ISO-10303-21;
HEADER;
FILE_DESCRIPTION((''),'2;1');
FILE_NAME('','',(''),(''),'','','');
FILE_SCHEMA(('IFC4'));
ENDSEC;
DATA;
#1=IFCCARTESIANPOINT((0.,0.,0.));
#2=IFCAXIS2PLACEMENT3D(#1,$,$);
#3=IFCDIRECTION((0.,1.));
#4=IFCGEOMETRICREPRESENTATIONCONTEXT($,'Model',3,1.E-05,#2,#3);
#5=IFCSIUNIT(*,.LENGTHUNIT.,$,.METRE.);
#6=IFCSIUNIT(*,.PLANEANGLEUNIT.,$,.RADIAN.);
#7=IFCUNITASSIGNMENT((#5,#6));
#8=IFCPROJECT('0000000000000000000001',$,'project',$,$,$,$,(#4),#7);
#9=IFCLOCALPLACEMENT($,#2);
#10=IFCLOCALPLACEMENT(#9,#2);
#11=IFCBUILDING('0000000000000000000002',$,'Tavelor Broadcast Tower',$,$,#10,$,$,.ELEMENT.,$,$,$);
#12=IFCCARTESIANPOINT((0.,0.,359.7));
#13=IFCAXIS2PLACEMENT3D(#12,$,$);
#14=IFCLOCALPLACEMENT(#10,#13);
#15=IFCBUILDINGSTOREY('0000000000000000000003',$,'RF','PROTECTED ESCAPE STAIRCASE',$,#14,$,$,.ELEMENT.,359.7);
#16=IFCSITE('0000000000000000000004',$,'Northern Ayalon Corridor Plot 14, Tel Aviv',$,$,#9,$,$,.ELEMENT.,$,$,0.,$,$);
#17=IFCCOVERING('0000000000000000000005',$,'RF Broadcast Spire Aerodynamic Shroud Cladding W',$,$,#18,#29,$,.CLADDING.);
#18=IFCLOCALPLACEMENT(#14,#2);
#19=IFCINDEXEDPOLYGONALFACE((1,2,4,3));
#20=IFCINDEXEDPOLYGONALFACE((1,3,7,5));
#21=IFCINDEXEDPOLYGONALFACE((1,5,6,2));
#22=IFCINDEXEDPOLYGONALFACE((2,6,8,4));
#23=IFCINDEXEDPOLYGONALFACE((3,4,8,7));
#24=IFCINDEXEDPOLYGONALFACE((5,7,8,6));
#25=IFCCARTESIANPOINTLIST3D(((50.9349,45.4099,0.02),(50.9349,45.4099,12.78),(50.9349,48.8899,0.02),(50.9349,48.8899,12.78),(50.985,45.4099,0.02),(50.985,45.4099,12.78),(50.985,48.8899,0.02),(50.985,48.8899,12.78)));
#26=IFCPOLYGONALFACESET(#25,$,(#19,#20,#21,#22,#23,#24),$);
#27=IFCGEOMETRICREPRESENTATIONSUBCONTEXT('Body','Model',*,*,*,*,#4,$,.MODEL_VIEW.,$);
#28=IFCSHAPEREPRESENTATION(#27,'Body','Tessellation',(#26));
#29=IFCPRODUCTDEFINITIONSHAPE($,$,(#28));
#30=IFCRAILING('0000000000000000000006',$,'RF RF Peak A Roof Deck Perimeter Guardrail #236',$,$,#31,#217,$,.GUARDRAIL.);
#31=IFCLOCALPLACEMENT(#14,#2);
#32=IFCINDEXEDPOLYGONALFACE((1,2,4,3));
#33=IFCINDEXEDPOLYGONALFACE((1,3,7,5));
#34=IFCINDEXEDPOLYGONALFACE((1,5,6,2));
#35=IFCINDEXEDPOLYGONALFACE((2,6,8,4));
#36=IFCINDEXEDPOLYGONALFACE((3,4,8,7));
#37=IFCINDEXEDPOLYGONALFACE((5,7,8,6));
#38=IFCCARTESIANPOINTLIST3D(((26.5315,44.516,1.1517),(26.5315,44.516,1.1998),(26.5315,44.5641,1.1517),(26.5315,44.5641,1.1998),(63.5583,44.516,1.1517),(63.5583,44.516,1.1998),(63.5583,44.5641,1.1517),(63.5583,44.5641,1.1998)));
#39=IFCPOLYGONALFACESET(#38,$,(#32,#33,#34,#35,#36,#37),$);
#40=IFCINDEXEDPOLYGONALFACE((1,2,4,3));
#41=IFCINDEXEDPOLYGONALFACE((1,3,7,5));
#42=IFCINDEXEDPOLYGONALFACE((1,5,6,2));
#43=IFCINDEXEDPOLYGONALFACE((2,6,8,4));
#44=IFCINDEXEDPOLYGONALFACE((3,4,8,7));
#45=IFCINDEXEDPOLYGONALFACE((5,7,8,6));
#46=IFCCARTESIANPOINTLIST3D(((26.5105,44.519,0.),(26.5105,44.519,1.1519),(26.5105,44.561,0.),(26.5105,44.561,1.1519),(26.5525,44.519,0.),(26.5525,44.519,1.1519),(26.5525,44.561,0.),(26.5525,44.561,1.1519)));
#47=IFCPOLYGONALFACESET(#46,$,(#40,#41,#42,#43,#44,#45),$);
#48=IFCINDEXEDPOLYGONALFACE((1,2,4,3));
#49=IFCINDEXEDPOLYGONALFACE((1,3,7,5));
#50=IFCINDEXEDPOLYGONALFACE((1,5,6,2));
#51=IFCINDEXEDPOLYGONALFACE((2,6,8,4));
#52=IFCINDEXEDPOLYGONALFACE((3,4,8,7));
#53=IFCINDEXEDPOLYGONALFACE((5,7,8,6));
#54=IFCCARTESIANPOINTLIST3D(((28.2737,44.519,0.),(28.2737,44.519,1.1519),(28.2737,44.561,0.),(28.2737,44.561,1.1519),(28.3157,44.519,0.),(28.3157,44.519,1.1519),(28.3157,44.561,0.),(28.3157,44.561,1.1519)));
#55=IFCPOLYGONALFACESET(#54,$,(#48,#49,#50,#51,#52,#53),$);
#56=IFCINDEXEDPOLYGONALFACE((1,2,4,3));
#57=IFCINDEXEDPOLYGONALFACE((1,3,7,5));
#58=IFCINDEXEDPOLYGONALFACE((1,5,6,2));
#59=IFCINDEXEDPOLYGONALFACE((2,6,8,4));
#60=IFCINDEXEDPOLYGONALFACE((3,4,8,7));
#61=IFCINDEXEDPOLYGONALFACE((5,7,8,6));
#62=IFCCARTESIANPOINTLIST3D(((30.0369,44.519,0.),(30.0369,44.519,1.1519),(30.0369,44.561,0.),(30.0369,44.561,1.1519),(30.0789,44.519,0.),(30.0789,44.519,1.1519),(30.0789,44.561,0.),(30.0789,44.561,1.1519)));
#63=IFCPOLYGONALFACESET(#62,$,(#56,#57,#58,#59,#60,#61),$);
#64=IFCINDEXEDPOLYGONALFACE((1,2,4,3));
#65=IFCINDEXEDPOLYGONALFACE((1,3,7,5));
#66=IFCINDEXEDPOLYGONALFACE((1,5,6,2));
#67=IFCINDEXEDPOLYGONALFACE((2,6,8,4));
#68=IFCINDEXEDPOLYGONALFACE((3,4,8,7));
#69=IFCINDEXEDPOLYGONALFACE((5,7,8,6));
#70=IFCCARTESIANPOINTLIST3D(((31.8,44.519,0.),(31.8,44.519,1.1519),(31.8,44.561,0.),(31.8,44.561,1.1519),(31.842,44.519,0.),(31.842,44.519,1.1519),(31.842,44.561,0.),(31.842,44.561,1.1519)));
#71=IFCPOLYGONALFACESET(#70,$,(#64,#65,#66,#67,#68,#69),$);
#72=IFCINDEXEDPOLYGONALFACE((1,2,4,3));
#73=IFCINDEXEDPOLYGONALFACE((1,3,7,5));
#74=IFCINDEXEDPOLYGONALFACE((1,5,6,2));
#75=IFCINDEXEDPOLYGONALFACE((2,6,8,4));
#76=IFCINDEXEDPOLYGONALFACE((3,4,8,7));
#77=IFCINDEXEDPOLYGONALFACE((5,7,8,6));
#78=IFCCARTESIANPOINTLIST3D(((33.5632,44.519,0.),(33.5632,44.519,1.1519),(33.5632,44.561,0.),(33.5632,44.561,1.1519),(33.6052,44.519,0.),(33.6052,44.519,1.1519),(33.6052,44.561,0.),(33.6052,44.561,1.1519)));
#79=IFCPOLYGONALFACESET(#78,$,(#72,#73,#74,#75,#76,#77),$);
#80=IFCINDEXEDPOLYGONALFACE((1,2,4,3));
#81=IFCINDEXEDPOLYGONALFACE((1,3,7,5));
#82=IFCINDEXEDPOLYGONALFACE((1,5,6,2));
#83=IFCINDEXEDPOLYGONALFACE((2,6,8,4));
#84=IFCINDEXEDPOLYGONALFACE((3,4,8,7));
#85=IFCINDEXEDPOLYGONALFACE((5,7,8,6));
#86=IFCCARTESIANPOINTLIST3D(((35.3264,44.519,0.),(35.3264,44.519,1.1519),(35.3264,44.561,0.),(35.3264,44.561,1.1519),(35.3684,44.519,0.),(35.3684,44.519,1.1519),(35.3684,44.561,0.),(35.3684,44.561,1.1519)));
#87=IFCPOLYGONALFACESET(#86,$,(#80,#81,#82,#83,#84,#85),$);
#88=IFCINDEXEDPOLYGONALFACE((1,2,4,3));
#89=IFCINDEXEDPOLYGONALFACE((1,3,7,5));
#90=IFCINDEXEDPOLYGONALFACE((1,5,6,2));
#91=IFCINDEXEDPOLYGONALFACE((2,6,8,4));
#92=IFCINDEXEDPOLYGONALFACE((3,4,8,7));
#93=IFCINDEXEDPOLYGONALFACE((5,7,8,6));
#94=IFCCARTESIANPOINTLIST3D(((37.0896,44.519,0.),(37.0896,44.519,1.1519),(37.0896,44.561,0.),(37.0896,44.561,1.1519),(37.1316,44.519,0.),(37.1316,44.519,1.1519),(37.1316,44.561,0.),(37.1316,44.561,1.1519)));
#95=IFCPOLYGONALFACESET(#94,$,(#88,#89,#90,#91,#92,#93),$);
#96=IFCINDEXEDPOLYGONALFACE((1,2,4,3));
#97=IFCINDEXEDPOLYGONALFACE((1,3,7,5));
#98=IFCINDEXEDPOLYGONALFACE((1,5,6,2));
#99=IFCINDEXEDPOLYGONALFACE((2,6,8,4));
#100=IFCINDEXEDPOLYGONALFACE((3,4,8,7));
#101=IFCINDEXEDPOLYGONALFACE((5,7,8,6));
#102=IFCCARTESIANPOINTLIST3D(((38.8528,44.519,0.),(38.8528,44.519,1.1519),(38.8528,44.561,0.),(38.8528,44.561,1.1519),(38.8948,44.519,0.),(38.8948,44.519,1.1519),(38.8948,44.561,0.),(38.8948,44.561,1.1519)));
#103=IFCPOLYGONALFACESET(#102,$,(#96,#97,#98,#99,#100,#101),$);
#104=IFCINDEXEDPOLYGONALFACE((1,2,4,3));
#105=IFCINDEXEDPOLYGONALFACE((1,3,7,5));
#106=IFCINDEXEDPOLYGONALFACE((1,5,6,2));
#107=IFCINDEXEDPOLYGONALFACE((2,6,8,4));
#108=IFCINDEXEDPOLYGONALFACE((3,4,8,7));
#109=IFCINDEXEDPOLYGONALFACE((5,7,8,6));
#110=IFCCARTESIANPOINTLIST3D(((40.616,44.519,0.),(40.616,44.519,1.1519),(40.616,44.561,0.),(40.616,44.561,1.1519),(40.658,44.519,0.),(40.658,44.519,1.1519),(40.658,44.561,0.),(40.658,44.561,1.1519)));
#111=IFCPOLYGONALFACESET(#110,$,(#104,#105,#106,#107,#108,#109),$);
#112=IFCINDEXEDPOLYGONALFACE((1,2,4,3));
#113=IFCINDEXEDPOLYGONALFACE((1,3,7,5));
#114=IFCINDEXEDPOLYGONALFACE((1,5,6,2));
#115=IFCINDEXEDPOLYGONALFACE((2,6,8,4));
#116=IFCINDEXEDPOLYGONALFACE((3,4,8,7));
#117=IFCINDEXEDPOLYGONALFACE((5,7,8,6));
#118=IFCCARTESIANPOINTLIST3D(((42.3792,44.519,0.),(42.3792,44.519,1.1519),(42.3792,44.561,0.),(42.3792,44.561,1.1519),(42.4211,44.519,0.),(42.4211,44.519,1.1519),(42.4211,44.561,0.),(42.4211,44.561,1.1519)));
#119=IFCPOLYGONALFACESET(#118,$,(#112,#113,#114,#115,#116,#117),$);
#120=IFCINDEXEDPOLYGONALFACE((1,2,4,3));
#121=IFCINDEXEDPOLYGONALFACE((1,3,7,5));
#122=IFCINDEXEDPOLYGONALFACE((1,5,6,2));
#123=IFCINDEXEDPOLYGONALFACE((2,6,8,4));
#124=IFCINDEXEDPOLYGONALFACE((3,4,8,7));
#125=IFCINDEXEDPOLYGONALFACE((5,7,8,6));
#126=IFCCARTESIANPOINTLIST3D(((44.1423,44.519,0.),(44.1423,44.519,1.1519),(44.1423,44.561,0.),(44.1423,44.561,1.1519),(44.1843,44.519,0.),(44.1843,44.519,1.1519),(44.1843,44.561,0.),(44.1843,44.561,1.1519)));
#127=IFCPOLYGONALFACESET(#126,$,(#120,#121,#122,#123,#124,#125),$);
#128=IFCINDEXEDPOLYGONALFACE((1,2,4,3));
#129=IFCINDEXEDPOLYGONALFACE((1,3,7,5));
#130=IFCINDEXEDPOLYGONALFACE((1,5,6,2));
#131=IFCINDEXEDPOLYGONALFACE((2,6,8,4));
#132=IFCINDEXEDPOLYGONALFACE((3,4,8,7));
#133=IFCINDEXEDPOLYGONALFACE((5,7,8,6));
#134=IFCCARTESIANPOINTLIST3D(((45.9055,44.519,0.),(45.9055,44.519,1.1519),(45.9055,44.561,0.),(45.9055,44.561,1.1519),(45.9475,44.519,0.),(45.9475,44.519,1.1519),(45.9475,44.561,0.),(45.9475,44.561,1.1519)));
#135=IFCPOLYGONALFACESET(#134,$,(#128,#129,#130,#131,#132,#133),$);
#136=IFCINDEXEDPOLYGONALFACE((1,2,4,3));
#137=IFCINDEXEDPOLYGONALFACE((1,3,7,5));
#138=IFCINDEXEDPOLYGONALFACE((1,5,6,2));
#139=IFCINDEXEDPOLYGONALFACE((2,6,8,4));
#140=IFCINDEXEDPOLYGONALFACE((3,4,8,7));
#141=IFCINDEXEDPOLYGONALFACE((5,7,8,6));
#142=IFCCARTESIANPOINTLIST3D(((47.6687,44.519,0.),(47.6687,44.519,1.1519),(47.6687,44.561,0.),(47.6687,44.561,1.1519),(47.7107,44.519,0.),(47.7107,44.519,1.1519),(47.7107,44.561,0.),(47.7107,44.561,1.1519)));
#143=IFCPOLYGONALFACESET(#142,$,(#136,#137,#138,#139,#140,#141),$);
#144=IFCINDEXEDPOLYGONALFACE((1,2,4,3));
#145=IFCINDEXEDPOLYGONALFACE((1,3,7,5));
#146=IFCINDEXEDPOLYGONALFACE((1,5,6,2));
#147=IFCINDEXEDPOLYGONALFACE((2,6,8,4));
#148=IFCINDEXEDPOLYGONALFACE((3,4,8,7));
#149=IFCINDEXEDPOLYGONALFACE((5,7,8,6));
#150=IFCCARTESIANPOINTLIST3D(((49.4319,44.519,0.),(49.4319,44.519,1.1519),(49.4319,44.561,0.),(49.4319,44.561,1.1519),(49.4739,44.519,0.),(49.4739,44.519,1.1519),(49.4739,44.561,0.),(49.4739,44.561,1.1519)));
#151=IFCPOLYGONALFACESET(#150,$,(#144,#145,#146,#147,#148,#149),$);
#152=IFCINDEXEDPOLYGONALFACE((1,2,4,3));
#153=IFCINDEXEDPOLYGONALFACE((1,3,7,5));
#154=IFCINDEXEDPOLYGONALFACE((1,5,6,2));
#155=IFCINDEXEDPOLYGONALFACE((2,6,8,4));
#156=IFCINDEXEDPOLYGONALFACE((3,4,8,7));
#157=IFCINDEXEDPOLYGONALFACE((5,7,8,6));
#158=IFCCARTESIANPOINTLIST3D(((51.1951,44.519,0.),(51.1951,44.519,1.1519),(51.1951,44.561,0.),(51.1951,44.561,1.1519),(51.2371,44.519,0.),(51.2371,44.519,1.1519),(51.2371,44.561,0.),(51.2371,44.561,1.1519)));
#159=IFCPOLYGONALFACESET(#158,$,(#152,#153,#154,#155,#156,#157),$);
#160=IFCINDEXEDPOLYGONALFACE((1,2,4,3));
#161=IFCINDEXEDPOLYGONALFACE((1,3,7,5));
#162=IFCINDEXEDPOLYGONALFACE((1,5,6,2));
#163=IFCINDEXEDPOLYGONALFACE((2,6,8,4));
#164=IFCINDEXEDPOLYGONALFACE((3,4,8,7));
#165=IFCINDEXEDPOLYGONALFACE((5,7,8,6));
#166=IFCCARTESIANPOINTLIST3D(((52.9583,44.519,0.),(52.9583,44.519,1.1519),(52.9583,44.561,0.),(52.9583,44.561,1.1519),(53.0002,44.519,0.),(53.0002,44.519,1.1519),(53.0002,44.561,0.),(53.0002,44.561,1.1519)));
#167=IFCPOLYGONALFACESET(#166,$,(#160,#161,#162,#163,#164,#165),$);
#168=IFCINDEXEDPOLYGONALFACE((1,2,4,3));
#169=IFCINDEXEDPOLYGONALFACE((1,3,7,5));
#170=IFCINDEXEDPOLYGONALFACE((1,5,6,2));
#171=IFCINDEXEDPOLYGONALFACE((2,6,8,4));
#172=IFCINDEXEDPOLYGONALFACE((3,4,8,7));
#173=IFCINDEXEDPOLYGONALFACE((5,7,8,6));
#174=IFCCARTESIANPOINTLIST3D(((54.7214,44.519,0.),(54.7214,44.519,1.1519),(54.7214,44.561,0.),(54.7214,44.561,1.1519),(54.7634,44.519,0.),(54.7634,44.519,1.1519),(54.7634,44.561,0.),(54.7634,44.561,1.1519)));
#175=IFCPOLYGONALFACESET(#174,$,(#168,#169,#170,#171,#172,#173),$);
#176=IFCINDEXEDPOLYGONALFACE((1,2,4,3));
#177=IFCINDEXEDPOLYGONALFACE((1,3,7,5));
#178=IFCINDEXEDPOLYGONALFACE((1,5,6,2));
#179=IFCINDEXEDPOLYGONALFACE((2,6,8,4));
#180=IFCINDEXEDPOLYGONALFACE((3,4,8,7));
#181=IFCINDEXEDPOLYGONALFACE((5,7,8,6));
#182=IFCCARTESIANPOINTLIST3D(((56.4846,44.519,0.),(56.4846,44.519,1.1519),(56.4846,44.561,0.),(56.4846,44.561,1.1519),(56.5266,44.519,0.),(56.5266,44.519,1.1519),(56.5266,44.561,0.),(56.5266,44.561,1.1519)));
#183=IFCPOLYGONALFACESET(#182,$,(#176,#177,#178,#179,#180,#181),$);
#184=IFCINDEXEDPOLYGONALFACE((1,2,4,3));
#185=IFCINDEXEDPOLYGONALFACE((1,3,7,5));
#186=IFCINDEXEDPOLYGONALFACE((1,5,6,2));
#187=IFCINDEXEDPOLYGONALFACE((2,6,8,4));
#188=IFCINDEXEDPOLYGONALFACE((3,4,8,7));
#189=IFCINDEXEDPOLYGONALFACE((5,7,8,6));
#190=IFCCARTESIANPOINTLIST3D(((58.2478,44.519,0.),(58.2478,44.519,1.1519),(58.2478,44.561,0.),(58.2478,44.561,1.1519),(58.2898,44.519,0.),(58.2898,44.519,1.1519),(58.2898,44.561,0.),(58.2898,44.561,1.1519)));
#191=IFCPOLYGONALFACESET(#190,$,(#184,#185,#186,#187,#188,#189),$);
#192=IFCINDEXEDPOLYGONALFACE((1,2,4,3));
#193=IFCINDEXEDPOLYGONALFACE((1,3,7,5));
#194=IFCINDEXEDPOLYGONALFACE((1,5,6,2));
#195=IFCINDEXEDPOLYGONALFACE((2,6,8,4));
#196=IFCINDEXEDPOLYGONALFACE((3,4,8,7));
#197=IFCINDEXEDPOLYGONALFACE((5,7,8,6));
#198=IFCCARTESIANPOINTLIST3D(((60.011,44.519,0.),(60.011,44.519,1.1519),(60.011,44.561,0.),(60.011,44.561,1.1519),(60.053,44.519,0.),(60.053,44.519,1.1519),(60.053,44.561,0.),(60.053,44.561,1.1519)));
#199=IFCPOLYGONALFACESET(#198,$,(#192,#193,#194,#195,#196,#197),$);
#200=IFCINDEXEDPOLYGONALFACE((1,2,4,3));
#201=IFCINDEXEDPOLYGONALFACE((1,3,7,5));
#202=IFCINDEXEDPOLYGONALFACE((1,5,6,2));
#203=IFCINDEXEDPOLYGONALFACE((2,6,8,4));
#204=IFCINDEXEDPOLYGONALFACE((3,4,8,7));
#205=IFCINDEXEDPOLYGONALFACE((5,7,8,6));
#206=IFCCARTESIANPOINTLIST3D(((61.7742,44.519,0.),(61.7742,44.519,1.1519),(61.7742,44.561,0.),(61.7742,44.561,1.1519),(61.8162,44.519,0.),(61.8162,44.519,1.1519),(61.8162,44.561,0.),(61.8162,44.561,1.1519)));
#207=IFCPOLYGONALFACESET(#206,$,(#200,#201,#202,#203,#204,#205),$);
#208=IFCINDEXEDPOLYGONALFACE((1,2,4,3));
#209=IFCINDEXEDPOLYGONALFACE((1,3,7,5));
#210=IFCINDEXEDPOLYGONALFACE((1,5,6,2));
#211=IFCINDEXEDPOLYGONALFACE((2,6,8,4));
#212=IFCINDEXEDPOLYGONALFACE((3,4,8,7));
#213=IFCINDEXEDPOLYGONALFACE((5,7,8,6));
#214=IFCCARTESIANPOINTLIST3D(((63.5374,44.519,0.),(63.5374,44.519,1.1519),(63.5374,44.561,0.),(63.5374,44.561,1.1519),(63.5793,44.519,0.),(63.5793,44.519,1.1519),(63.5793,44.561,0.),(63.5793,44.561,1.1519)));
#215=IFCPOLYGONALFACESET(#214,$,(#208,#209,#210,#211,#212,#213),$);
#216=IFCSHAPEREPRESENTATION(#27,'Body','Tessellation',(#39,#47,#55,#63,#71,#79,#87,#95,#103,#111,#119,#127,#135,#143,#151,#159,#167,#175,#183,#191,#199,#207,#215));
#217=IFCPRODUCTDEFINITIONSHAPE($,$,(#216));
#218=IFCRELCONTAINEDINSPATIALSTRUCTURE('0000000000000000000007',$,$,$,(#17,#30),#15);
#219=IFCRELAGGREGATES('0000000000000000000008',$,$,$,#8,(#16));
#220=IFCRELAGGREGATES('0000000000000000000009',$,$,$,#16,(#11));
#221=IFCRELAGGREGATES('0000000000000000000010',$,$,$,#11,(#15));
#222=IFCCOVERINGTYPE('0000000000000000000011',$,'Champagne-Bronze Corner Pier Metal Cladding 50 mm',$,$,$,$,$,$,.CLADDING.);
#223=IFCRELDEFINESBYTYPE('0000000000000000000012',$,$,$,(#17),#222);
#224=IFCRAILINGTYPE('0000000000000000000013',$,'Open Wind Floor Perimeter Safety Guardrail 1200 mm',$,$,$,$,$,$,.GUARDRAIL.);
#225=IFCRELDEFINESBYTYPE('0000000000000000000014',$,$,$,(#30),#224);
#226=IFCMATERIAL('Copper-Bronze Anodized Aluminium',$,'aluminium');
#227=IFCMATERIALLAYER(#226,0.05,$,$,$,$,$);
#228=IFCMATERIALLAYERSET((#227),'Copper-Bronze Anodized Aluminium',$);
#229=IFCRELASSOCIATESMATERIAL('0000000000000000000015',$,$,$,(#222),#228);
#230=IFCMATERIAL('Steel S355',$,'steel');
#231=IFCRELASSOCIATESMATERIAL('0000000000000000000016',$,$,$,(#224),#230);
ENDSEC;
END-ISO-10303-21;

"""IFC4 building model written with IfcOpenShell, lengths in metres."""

from ifc_helpers import new_model, si_unit, direction, frame, origin, origin_2d, place, context, subcontext, project, spatial, rectangle, extrude, material, layer, layer_set, type_object, element, save


model = new_model("IFC4")

# Units and contexts
model_context = context("Model", 3, precision=1e-05, world=origin(), true_north=direction((0.0, 1.0)))
body_context = subcontext(model_context, "Body", "Model", "MODEL_VIEW")
ifc_project = project(units=[si_unit("LENGTHUNIT", "METRE"), si_unit("PLANEANGLEUNIT", "RADIAN")], contexts=[model_context])

# Site, building, storey
site_placement = place(None, origin())
site = spatial("IfcSite", under=ifc_project, at=site_placement, Name="Northern Ayalon Corridor Plot 14, Tel Aviv", CompositionType="ELEMENT", RefElevation=0.0)
building_placement = place(site_placement, origin())
building = spatial("IfcBuilding", under=site, at=building_placement, Name="Tavelor Broadcast Tower", CompositionType="ELEMENT")
storey_placement = place(building_placement, frame((0.0, 0.0, 359.7)))
storey = spatial("IfcBuildingStorey", under=building, at=storey_placement, Name="RF", Description="PROTECTED ESCAPE STAIRCASE", CompositionType="ELEMENT", Elevation=359.7)

# Shared definitions
ifc_material_1 = material(Name="Steel S355", Category="steel")

# Shared definitions
ifc_material_2 = material(Name="Copper-Bronze Anodized Aluminium", Category="aluminium")

# Covering
ifc_layer_1 = layer(ifc_material_2, 0.05)
ifc_layer_set_1 = layer_set([ifc_layer_1], Name="Copper-Bronze Anodized Aluminium")
covering_type = type_object("IfcCoveringType", Name="Champagne-Bronze Corner Pier Metal Cladding 50 mm", PredefinedType="CLADDING", material=ifc_layer_set_1)
covering_placement = place(storey_placement, frame((50.96, 47.1499, 0.02), z_axis=(0.0, 0.0, 1.0), x_axis=(1.0, 0.0, 0.0)))
element("IfcCovering", 1, at=covering_placement, inside=storey, type_object=covering_type, Name="RF Broadcast Spire Aerodynamic Shroud Cladding W", PredefinedType="CLADDING", context=body_context, shape_type="SweptSolid", body=[
    extrude(rectangle(XDim=0.05, YDim=3.48, at=origin_2d()), origin(), (0.0, 0.0, 1.0), 12.76),
])

# Railing
railing_type = type_object("IfcRailingType", Name="Open Wind Floor Perimeter Safety Guardrail 1200 mm", PredefinedType="GUARDRAIL", material=ifc_material_1)
railing_placement = place(storey_placement, frame((26.5315, 44.54, 0.0)))
element("IfcRailing", 2, at=railing_placement, inside=storey, type_object=railing_type, Name="RF RF Peak A Roof Deck Perimeter Guardrail #236", PredefinedType="GUARDRAIL", context=body_context, shape_type="SweptSolid", body=[
    extrude(rectangle(XDim=0.0481, YDim=0.0481, at=origin_2d()), frame((0.0, 0.0, 1.1758), z_axis=(1.0, 0.0, 0.0), x_axis=(0.0, 1.0, 0.0)), (0.0, 0.0, 1.0), 37.0269),
    extrude(rectangle(XDim=0.042, YDim=0.042, at=origin_2d()), origin(), (0.0, 0.0, 1.0), 1.1519),
    extrude(rectangle(XDim=0.042, YDim=0.042, at=origin_2d()), frame((1.7632, 0.0, 0.0)), (0.0, 0.0, 1.0), 1.1519),
    extrude(rectangle(XDim=0.042, YDim=0.042, at=origin_2d()), frame((3.5264, 0.0, 0.0)), (0.0, 0.0, 1.0), 1.1519),
    extrude(rectangle(XDim=0.042, YDim=0.042, at=origin_2d()), frame((5.2896, 0.0, 0.0)), (0.0, 0.0, 1.0), 1.1519),
    extrude(rectangle(XDim=0.042, YDim=0.042, at=origin_2d()), frame((7.0527, 0.0, 0.0)), (0.0, 0.0, 1.0), 1.1519),
    extrude(rectangle(XDim=0.042, YDim=0.042, at=origin_2d()), frame((8.8159, 0.0, 0.0)), (0.0, 0.0, 1.0), 1.1519),
    extrude(rectangle(XDim=0.042, YDim=0.042, at=origin_2d()), frame((10.5791, 0.0, 0.0)), (0.0, 0.0, 1.0), 1.1519),
    extrude(rectangle(XDim=0.042, YDim=0.042, at=origin_2d()), frame((12.3423, 0.0, 0.0)), (0.0, 0.0, 1.0), 1.1519),
    extrude(rectangle(XDim=0.042, YDim=0.042, at=origin_2d()), frame((14.1055, 0.0, 0.0)), (0.0, 0.0, 1.0), 1.1519),
    extrude(rectangle(XDim=0.042, YDim=0.042, at=origin_2d()), frame((15.8687, 0.0, 0.0)), (0.0, 0.0, 1.0), 1.1519),
    extrude(rectangle(XDim=0.042, YDim=0.042, at=origin_2d()), frame((17.6318, 0.0, 0.0)), (0.0, 0.0, 1.0), 1.1519),
    extrude(rectangle(XDim=0.042, YDim=0.042, at=origin_2d()), frame((19.395, 0.0, 0.0)), (0.0, 0.0, 1.0), 1.1519),
    extrude(rectangle(XDim=0.042, YDim=0.042, at=origin_2d()), frame((21.1582, 0.0, 0.0)), (0.0, 0.0, 1.0), 1.1519),
    extrude(rectangle(XDim=0.042, YDim=0.042, at=origin_2d()), frame((22.9214, 0.0, 0.0)), (0.0, 0.0, 1.0), 1.1519),
    extrude(rectangle(XDim=0.042, YDim=0.042, at=origin_2d()), frame((24.6846, 0.0, 0.0)), (0.0, 0.0, 1.0), 1.1519),
    extrude(rectangle(XDim=0.042, YDim=0.042, at=origin_2d()), frame((26.4478, 0.0, 0.0)), (0.0, 0.0, 1.0), 1.1519),
    extrude(rectangle(XDim=0.042, YDim=0.042, at=origin_2d()), frame((28.2109, 0.0, 0.0)), (0.0, 0.0, 1.0), 1.1519),
    extrude(rectangle(XDim=0.042, YDim=0.042, at=origin_2d()), frame((29.9741, 0.0, 0.0)), (0.0, 0.0, 1.0), 1.1519),
    extrude(rectangle(XDim=0.042, YDim=0.042, at=origin_2d()), frame((31.7373, 0.0, 0.0)), (0.0, 0.0, 1.0), 1.1519),
    extrude(rectangle(XDim=0.042, YDim=0.042, at=origin_2d()), frame((33.5005, 0.0, 0.0)), (0.0, 0.0, 1.0), 1.1519),
    extrude(rectangle(XDim=0.042, YDim=0.042, at=origin_2d()), frame((35.2637, 0.0, 0.0)), (0.0, 0.0, 1.0), 1.1519),
    extrude(rectangle(XDim=0.042, YDim=0.042, at=origin_2d()), frame((37.0269, 0.0, 0.0)), (0.0, 0.0, 1.0), 1.1519),
])

save(model, "model.ifc")
